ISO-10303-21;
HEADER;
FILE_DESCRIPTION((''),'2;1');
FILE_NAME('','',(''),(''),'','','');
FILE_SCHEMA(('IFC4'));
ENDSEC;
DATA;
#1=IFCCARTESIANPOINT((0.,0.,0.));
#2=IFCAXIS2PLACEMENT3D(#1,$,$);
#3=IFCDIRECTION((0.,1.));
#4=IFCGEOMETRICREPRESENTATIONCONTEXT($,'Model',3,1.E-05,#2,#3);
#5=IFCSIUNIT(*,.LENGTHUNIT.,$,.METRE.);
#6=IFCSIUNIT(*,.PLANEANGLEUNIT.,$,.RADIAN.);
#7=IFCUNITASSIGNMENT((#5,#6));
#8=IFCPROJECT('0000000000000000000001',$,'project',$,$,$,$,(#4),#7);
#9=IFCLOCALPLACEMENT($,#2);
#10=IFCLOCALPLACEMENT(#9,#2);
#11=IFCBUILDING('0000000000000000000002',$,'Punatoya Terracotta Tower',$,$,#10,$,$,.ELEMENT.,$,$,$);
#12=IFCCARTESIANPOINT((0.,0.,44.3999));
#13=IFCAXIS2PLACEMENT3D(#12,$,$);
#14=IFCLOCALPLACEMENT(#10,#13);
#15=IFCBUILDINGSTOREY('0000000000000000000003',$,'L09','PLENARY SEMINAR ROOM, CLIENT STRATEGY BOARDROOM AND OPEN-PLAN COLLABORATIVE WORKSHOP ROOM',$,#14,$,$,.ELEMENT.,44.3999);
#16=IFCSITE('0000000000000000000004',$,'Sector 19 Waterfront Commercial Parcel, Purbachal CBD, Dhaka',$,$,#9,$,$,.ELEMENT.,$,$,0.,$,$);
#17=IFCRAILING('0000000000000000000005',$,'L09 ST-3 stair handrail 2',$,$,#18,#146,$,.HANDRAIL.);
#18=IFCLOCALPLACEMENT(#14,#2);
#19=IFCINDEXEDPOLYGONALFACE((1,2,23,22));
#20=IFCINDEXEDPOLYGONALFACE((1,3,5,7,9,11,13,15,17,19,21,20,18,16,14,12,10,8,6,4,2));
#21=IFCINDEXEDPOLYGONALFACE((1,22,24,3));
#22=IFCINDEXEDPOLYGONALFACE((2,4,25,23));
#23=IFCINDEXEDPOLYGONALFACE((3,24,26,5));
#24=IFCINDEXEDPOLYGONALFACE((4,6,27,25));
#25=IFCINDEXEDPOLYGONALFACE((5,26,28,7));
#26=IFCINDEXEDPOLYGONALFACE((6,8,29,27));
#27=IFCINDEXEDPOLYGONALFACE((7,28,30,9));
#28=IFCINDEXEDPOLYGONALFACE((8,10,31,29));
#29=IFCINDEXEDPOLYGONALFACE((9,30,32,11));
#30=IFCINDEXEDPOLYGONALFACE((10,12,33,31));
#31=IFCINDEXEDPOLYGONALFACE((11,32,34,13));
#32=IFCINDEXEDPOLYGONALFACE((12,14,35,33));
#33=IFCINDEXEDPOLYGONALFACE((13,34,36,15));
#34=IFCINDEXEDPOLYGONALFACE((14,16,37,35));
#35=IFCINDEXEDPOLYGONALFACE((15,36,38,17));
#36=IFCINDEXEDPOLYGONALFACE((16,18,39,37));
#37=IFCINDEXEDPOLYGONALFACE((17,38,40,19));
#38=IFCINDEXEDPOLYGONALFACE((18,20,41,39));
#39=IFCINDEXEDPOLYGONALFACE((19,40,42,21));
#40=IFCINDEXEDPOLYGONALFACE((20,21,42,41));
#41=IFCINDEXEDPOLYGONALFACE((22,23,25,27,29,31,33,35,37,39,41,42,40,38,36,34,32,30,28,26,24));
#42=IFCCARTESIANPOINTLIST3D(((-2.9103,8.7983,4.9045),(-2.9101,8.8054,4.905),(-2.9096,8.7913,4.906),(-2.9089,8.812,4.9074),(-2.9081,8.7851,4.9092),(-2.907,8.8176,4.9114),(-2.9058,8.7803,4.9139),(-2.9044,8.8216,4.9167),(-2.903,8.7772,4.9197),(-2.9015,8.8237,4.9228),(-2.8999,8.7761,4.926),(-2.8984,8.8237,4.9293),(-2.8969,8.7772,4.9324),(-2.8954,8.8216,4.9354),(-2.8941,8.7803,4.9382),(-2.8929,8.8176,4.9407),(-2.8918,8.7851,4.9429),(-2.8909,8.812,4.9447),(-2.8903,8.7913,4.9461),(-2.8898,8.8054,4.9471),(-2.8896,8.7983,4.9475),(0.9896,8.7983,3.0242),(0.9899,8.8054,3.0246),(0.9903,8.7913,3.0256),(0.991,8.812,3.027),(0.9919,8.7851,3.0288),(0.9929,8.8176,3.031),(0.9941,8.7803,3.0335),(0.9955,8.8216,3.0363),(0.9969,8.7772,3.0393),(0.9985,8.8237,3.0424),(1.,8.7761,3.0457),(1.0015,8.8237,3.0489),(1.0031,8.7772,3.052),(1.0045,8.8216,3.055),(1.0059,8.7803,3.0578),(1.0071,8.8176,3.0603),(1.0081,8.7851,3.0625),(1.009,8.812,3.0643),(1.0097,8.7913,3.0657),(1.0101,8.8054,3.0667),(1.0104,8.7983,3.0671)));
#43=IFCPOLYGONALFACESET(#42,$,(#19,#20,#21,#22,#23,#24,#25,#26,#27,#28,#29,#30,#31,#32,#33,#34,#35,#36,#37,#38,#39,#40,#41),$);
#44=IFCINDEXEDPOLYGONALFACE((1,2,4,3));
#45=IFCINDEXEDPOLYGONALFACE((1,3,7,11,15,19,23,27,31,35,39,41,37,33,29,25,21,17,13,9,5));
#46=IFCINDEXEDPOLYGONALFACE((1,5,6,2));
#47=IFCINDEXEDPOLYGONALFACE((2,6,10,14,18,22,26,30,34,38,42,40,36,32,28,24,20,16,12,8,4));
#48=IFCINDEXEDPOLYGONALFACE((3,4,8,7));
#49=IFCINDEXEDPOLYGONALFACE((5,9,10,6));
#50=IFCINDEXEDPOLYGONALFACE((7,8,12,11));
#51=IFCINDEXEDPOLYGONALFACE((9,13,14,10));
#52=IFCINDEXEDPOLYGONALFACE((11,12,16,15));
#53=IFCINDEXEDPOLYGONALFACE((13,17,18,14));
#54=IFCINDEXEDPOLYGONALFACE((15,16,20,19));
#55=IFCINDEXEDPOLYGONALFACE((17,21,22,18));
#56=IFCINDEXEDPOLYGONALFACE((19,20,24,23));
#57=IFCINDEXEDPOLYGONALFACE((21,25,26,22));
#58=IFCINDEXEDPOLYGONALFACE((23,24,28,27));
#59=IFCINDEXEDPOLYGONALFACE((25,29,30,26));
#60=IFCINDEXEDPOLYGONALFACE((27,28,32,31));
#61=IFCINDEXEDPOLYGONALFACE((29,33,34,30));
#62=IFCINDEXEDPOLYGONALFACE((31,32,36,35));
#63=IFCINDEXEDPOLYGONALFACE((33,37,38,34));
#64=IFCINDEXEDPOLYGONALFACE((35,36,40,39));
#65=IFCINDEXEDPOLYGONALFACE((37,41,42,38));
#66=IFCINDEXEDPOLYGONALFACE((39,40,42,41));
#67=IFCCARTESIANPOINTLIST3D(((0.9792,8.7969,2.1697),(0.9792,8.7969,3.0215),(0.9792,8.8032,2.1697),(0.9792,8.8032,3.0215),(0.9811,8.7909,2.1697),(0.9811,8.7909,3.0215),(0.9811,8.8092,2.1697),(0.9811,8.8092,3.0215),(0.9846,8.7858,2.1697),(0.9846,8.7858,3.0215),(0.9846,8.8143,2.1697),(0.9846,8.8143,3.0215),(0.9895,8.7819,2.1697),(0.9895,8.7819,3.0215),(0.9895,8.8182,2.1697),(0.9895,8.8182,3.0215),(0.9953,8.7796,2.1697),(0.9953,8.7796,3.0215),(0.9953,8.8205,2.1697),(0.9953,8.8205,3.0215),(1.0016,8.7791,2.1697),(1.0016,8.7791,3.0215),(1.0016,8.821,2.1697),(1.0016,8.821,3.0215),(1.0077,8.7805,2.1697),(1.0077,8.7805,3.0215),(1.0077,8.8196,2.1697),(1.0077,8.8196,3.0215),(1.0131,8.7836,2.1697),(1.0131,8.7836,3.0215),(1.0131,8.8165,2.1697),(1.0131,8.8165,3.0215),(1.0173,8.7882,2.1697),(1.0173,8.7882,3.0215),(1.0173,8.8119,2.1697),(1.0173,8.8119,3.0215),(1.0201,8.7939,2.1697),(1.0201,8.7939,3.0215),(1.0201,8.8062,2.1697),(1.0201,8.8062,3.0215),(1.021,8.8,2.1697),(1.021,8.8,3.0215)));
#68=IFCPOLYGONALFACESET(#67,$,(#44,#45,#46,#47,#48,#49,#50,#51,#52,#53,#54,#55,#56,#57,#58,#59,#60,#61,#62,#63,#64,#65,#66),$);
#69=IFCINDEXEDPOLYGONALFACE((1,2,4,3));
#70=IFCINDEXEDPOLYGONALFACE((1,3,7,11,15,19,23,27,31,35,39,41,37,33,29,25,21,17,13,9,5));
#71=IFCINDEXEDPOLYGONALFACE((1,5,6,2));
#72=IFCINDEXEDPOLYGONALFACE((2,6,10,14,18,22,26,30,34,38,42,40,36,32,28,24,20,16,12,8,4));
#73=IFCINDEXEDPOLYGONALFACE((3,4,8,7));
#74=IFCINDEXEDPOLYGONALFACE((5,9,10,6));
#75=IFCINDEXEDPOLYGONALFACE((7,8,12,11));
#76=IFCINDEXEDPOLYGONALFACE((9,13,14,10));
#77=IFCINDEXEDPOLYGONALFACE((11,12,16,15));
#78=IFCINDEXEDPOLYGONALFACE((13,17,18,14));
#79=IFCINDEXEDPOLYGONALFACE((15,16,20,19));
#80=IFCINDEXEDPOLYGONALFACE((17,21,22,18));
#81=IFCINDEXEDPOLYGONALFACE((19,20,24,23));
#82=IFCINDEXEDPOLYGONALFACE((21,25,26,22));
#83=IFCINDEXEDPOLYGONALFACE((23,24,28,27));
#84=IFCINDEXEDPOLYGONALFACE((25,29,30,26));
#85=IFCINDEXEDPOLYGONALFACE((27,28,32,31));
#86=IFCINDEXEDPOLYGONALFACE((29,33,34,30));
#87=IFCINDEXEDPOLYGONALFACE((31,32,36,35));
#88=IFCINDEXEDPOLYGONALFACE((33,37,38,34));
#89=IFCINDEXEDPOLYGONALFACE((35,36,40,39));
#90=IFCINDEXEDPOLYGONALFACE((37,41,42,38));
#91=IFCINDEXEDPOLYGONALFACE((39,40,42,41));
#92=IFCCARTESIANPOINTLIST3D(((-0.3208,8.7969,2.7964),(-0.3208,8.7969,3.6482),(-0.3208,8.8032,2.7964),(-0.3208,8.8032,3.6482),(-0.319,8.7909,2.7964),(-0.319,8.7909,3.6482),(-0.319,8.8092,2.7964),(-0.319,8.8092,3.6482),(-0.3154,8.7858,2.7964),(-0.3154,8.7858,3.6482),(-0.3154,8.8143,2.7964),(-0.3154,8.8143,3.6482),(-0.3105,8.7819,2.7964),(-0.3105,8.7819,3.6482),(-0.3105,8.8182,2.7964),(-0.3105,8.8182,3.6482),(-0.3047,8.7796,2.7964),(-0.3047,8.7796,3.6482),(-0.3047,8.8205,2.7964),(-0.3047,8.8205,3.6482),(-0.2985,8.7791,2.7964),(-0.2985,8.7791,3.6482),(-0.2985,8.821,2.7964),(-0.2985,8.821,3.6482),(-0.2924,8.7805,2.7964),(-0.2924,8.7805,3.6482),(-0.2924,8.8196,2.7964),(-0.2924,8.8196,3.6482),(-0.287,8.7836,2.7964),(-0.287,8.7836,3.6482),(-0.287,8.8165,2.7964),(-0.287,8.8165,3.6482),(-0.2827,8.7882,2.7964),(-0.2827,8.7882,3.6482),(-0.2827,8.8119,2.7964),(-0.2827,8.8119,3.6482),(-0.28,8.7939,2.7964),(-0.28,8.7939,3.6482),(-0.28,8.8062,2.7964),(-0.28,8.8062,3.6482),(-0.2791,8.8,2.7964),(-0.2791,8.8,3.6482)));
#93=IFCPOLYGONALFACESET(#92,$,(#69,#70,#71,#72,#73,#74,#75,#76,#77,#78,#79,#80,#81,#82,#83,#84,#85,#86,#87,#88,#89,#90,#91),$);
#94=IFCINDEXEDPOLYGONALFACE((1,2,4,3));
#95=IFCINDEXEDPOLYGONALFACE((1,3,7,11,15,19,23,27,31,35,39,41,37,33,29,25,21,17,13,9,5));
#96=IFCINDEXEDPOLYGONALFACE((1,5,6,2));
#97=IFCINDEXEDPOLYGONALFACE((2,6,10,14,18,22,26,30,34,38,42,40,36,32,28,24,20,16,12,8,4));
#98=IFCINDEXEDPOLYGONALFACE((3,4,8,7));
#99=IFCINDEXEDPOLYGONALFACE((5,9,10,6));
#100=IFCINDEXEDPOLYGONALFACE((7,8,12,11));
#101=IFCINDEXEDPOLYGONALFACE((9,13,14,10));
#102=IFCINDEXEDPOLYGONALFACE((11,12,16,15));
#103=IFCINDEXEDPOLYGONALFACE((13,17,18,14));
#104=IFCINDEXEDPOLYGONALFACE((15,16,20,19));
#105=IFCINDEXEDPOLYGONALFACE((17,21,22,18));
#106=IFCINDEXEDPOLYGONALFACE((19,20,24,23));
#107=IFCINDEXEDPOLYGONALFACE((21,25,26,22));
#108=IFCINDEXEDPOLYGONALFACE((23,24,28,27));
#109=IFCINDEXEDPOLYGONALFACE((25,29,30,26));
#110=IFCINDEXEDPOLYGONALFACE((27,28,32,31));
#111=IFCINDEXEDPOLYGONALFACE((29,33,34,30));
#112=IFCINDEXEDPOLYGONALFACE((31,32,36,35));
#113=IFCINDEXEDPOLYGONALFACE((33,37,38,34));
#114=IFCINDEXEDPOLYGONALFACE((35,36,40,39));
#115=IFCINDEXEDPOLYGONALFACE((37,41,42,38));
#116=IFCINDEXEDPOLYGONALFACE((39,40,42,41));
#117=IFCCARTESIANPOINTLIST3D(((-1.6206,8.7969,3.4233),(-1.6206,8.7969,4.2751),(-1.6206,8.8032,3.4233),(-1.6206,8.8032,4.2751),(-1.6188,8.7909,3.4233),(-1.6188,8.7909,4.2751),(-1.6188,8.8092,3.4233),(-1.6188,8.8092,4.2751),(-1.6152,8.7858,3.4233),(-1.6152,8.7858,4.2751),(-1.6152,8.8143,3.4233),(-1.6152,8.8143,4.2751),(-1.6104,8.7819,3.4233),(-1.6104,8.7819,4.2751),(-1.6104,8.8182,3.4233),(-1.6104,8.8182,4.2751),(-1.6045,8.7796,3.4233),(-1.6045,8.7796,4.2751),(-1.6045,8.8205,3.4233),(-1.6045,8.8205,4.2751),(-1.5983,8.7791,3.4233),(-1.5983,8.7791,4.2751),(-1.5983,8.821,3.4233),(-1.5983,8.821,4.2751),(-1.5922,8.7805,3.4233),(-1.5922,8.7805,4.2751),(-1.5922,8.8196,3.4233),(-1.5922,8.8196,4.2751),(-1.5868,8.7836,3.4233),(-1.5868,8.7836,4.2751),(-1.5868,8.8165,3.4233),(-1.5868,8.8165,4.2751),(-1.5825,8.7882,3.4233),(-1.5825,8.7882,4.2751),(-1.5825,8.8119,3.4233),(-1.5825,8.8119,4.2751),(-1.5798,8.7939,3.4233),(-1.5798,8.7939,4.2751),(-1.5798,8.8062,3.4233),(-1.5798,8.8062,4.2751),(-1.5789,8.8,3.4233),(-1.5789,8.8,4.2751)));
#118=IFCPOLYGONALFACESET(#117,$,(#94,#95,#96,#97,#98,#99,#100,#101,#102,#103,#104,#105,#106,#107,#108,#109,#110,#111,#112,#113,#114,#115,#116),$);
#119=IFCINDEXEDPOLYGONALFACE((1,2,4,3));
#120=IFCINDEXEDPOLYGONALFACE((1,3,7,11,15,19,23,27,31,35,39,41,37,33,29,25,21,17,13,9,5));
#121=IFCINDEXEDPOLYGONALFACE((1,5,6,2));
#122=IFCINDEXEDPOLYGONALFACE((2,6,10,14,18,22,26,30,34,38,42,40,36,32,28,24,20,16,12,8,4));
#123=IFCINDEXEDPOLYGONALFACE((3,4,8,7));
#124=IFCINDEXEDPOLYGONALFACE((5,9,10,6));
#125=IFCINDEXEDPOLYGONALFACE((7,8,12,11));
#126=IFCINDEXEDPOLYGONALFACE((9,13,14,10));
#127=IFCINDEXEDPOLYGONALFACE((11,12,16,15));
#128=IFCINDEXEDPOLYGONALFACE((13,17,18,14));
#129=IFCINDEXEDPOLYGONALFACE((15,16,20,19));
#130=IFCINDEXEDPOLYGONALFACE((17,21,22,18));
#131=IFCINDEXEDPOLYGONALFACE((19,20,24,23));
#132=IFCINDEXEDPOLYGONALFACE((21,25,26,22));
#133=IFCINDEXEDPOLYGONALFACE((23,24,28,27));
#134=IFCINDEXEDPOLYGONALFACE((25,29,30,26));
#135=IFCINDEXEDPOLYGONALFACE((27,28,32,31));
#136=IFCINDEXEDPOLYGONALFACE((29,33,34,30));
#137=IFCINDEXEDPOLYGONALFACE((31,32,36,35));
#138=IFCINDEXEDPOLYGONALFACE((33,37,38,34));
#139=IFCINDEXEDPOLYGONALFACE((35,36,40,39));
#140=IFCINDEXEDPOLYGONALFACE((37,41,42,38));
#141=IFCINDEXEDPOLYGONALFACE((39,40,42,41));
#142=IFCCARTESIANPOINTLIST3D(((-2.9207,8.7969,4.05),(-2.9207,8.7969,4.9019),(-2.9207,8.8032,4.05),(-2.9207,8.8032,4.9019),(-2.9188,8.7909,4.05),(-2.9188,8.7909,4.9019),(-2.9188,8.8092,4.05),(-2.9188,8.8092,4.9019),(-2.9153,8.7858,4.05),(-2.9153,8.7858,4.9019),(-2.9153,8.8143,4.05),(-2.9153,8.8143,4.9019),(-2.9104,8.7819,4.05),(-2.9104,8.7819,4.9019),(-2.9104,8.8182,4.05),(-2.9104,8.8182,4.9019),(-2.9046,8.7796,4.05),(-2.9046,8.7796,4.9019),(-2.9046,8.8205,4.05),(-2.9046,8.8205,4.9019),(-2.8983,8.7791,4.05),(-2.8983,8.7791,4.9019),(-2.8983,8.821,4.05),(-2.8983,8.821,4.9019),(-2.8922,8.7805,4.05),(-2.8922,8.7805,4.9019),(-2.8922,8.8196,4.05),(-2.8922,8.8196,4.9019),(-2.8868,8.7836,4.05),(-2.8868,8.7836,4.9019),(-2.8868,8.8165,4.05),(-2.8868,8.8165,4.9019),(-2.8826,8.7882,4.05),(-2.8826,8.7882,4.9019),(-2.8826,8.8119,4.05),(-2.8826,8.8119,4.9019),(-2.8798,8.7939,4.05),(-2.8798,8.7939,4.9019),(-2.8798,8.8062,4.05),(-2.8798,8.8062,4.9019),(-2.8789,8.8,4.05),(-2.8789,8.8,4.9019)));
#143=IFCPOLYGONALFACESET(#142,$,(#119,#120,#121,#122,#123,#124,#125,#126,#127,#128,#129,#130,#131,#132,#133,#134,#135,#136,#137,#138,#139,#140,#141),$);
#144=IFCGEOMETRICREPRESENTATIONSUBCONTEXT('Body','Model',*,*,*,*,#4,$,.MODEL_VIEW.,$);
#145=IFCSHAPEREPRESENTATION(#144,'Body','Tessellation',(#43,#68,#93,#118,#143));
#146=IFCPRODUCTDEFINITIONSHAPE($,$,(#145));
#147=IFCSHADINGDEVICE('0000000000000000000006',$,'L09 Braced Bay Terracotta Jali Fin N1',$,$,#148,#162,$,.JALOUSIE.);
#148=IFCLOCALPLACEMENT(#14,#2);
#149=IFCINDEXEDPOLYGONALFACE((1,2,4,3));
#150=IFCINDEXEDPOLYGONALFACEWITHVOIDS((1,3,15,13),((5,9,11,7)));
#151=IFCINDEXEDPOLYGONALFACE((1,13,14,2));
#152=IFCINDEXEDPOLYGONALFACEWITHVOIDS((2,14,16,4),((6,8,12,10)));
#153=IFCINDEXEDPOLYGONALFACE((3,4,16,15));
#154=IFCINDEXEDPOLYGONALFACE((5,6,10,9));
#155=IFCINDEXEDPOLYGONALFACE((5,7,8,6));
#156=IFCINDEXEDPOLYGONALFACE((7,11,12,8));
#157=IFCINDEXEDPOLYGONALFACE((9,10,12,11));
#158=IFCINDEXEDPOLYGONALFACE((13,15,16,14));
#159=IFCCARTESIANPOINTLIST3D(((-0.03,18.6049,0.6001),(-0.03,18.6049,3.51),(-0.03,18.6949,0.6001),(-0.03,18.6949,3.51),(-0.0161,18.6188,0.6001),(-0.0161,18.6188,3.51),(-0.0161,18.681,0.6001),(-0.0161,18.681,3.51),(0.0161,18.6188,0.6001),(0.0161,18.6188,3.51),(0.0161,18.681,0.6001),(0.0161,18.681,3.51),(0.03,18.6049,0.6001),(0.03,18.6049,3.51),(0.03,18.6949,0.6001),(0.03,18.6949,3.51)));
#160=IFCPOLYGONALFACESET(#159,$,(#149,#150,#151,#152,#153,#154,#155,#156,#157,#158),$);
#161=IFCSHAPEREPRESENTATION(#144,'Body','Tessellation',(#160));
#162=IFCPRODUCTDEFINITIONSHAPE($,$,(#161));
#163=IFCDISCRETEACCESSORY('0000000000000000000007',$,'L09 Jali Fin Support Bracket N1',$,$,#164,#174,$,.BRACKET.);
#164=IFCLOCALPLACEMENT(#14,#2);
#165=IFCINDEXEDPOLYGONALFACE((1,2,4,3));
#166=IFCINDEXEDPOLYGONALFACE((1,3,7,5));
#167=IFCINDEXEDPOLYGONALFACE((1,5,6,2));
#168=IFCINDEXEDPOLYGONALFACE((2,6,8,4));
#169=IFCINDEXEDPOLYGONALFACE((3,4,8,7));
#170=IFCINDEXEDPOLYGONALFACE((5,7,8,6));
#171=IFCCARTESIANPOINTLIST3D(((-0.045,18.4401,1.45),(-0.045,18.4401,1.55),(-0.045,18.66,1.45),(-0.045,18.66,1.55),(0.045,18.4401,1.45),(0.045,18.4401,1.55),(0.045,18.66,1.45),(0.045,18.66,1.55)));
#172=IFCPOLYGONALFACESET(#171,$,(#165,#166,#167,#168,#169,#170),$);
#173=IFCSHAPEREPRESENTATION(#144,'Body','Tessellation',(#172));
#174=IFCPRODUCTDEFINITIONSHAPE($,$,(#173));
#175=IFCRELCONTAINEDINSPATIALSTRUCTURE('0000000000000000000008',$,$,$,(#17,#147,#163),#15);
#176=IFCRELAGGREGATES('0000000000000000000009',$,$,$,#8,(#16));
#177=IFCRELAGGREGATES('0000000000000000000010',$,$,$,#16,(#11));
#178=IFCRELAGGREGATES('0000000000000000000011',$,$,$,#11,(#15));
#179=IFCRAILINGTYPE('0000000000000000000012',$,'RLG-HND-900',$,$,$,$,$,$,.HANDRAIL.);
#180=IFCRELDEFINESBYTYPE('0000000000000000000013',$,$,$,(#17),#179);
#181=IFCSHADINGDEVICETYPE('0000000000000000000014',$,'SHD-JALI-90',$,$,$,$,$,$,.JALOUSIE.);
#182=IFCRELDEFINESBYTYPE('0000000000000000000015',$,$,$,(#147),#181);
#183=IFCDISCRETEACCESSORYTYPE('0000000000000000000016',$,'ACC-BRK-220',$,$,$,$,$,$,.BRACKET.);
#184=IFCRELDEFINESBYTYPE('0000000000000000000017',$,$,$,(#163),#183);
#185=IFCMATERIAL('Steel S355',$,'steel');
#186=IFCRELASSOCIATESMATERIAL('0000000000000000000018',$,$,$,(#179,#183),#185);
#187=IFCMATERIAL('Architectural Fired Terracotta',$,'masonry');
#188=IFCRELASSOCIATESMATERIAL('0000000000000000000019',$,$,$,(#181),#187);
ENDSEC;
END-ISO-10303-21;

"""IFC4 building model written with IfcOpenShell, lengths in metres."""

from ifc_helpers import new_model, si_unit, direction, frame, origin, origin_2d, place, context, subcontext, project, spatial, rectangle, hollow_rectangle, circle, extrude, material, material_profile, profile_set, type_object, element, save


model = new_model("IFC4")

# Units and contexts
model_context = context("Model", 3, precision=1e-05, world=origin(), true_north=direction((0.0, 1.0)))
body_context = subcontext(model_context, "Body", "Model", "MODEL_VIEW")
ifc_project = project(units=[si_unit("LENGTHUNIT", "METRE"), si_unit("PLANEANGLEUNIT", "RADIAN")], contexts=[model_context])

# Site, building, storey
site_placement = place(None, origin())
site = spatial("IfcSite", under=ifc_project, at=site_placement, Name="Sector 19 Waterfront Commercial Parcel, Purbachal CBD, Dhaka", CompositionType="ELEMENT", RefElevation=0.0)
building_placement = place(site_placement, origin())
building = spatial("IfcBuilding", under=site, at=building_placement, Name="Punatoya Terracotta Tower", CompositionType="ELEMENT")
storey_placement = place(building_placement, frame((0.0, 0.0, 44.3999)))
storey = spatial("IfcBuildingStorey", under=building, at=storey_placement, Name="L09", Description="PLENARY SEMINAR ROOM, CLIENT STRATEGY BOARDROOM AND OPEN-PLAN COLLABORATIVE WORKSHOP ROOM", CompositionType="ELEMENT", Elevation=44.3999)

# Shared definitions
ifc_material_1 = material(Name="Steel S355", Category="steel")

# Railing
railing_type_1 = type_object("IfcRailingType", Name="RLG-HND-900", PredefinedType="HANDRAIL", material=ifc_material_1)
railing_1_placement = place(storey_placement, frame((1.0, 8.8, 2.1697)))
element("IfcRailing", 1, at=railing_1_placement, inside=storey, type_object=railing_type_1, Name="L09 ST-3 stair handrail 2", PredefinedType="HANDRAIL", context=body_context, shape_type="SweptSolid", body=[
    extrude(circle(Radius=0.0239, at=origin_2d()), frame((0.0, 0.0, 0.876), z_axis=(-0.900763, 0.0, 0.434311), x_axis=(0.0, -1.0, 0.0)), (0.0, 0.0, 1.0), 4.3296),
    extrude(circle(Radius=0.021, at=origin_2d()), origin(), (0.0, 0.0, 1.0), 0.8518),
    extrude(circle(Radius=0.021, at=origin_2d()), frame((-1.3, 0.0, 0.6267)), (0.0, 0.0, 1.0), 0.8518),
    extrude(circle(Radius=0.021, at=origin_2d()), frame((-2.5999, 0.0, 1.2537)), (0.0, 0.0, 1.0), 0.8518),
    extrude(circle(Radius=0.021, at=origin_2d()), frame((-3.8999, 0.0, 1.8804)), (0.0, 0.0, 1.0), 0.8518),
])

# Shading device
ifc_material_2 = material(Name="Architectural Fired Terracotta", Category="masonry")
ifc_material_profile_1 = material_profile(ifc_material_2, hollow_rectangle(XDim=0.0601, YDim=0.0901, WallThickness=0.0139, at=origin_2d()))
ifc_profile_set_1 = profile_set([ifc_material_profile_1], Name="Architectural Fired Terracotta")
shading_device_type = type_object("IfcShadingDeviceType", Name="SHD-JALI-90", PredefinedType="JALOUSIE", material=ifc_profile_set_1)
shading_device_placement = place(storey_placement, frame((0.0, 18.6499, 0.6001), z_axis=(0.0, 0.0, 1.0), x_axis=(1.0, 0.0, 0.0)))
element("IfcShadingDevice", 2, at=shading_device_placement, inside=storey, type_object=shading_device_type, Name="L09 Braced Bay Terracotta Jali Fin N1", PredefinedType="JALOUSIE", context=body_context, shape_type="SweptSolid", body=[
    extrude(hollow_rectangle(XDim=0.0601, YDim=0.0901, WallThickness=0.0139, at=origin_2d()), origin(), (0.0, 0.0, 1.0), 2.9099),
])

# Discrete accessory
discrete_accessory_type = type_object("IfcDiscreteAccessoryType", Name="ACC-BRK-220", PredefinedType="BRACKET", material=ifc_material_1)
discrete_accessory_placement = place(storey_placement, frame((0.0, 18.55, 1.45), z_axis=(0.0, 0.0, 1.0), x_axis=(-1.0, 0.0, 0.0)))
element("IfcDiscreteAccessory", 3, at=discrete_accessory_placement, inside=storey, type_object=discrete_accessory_type, Name="L09 Jali Fin Support Bracket N1", PredefinedType="BRACKET", context=body_context, shape_type="SweptSolid", body=[
    extrude(rectangle(XDim=0.0901, YDim=0.22, at=origin_2d()), origin(), (0.0, 0.0, 1.0), 0.1001),
])

save(model, "model.ifc")
